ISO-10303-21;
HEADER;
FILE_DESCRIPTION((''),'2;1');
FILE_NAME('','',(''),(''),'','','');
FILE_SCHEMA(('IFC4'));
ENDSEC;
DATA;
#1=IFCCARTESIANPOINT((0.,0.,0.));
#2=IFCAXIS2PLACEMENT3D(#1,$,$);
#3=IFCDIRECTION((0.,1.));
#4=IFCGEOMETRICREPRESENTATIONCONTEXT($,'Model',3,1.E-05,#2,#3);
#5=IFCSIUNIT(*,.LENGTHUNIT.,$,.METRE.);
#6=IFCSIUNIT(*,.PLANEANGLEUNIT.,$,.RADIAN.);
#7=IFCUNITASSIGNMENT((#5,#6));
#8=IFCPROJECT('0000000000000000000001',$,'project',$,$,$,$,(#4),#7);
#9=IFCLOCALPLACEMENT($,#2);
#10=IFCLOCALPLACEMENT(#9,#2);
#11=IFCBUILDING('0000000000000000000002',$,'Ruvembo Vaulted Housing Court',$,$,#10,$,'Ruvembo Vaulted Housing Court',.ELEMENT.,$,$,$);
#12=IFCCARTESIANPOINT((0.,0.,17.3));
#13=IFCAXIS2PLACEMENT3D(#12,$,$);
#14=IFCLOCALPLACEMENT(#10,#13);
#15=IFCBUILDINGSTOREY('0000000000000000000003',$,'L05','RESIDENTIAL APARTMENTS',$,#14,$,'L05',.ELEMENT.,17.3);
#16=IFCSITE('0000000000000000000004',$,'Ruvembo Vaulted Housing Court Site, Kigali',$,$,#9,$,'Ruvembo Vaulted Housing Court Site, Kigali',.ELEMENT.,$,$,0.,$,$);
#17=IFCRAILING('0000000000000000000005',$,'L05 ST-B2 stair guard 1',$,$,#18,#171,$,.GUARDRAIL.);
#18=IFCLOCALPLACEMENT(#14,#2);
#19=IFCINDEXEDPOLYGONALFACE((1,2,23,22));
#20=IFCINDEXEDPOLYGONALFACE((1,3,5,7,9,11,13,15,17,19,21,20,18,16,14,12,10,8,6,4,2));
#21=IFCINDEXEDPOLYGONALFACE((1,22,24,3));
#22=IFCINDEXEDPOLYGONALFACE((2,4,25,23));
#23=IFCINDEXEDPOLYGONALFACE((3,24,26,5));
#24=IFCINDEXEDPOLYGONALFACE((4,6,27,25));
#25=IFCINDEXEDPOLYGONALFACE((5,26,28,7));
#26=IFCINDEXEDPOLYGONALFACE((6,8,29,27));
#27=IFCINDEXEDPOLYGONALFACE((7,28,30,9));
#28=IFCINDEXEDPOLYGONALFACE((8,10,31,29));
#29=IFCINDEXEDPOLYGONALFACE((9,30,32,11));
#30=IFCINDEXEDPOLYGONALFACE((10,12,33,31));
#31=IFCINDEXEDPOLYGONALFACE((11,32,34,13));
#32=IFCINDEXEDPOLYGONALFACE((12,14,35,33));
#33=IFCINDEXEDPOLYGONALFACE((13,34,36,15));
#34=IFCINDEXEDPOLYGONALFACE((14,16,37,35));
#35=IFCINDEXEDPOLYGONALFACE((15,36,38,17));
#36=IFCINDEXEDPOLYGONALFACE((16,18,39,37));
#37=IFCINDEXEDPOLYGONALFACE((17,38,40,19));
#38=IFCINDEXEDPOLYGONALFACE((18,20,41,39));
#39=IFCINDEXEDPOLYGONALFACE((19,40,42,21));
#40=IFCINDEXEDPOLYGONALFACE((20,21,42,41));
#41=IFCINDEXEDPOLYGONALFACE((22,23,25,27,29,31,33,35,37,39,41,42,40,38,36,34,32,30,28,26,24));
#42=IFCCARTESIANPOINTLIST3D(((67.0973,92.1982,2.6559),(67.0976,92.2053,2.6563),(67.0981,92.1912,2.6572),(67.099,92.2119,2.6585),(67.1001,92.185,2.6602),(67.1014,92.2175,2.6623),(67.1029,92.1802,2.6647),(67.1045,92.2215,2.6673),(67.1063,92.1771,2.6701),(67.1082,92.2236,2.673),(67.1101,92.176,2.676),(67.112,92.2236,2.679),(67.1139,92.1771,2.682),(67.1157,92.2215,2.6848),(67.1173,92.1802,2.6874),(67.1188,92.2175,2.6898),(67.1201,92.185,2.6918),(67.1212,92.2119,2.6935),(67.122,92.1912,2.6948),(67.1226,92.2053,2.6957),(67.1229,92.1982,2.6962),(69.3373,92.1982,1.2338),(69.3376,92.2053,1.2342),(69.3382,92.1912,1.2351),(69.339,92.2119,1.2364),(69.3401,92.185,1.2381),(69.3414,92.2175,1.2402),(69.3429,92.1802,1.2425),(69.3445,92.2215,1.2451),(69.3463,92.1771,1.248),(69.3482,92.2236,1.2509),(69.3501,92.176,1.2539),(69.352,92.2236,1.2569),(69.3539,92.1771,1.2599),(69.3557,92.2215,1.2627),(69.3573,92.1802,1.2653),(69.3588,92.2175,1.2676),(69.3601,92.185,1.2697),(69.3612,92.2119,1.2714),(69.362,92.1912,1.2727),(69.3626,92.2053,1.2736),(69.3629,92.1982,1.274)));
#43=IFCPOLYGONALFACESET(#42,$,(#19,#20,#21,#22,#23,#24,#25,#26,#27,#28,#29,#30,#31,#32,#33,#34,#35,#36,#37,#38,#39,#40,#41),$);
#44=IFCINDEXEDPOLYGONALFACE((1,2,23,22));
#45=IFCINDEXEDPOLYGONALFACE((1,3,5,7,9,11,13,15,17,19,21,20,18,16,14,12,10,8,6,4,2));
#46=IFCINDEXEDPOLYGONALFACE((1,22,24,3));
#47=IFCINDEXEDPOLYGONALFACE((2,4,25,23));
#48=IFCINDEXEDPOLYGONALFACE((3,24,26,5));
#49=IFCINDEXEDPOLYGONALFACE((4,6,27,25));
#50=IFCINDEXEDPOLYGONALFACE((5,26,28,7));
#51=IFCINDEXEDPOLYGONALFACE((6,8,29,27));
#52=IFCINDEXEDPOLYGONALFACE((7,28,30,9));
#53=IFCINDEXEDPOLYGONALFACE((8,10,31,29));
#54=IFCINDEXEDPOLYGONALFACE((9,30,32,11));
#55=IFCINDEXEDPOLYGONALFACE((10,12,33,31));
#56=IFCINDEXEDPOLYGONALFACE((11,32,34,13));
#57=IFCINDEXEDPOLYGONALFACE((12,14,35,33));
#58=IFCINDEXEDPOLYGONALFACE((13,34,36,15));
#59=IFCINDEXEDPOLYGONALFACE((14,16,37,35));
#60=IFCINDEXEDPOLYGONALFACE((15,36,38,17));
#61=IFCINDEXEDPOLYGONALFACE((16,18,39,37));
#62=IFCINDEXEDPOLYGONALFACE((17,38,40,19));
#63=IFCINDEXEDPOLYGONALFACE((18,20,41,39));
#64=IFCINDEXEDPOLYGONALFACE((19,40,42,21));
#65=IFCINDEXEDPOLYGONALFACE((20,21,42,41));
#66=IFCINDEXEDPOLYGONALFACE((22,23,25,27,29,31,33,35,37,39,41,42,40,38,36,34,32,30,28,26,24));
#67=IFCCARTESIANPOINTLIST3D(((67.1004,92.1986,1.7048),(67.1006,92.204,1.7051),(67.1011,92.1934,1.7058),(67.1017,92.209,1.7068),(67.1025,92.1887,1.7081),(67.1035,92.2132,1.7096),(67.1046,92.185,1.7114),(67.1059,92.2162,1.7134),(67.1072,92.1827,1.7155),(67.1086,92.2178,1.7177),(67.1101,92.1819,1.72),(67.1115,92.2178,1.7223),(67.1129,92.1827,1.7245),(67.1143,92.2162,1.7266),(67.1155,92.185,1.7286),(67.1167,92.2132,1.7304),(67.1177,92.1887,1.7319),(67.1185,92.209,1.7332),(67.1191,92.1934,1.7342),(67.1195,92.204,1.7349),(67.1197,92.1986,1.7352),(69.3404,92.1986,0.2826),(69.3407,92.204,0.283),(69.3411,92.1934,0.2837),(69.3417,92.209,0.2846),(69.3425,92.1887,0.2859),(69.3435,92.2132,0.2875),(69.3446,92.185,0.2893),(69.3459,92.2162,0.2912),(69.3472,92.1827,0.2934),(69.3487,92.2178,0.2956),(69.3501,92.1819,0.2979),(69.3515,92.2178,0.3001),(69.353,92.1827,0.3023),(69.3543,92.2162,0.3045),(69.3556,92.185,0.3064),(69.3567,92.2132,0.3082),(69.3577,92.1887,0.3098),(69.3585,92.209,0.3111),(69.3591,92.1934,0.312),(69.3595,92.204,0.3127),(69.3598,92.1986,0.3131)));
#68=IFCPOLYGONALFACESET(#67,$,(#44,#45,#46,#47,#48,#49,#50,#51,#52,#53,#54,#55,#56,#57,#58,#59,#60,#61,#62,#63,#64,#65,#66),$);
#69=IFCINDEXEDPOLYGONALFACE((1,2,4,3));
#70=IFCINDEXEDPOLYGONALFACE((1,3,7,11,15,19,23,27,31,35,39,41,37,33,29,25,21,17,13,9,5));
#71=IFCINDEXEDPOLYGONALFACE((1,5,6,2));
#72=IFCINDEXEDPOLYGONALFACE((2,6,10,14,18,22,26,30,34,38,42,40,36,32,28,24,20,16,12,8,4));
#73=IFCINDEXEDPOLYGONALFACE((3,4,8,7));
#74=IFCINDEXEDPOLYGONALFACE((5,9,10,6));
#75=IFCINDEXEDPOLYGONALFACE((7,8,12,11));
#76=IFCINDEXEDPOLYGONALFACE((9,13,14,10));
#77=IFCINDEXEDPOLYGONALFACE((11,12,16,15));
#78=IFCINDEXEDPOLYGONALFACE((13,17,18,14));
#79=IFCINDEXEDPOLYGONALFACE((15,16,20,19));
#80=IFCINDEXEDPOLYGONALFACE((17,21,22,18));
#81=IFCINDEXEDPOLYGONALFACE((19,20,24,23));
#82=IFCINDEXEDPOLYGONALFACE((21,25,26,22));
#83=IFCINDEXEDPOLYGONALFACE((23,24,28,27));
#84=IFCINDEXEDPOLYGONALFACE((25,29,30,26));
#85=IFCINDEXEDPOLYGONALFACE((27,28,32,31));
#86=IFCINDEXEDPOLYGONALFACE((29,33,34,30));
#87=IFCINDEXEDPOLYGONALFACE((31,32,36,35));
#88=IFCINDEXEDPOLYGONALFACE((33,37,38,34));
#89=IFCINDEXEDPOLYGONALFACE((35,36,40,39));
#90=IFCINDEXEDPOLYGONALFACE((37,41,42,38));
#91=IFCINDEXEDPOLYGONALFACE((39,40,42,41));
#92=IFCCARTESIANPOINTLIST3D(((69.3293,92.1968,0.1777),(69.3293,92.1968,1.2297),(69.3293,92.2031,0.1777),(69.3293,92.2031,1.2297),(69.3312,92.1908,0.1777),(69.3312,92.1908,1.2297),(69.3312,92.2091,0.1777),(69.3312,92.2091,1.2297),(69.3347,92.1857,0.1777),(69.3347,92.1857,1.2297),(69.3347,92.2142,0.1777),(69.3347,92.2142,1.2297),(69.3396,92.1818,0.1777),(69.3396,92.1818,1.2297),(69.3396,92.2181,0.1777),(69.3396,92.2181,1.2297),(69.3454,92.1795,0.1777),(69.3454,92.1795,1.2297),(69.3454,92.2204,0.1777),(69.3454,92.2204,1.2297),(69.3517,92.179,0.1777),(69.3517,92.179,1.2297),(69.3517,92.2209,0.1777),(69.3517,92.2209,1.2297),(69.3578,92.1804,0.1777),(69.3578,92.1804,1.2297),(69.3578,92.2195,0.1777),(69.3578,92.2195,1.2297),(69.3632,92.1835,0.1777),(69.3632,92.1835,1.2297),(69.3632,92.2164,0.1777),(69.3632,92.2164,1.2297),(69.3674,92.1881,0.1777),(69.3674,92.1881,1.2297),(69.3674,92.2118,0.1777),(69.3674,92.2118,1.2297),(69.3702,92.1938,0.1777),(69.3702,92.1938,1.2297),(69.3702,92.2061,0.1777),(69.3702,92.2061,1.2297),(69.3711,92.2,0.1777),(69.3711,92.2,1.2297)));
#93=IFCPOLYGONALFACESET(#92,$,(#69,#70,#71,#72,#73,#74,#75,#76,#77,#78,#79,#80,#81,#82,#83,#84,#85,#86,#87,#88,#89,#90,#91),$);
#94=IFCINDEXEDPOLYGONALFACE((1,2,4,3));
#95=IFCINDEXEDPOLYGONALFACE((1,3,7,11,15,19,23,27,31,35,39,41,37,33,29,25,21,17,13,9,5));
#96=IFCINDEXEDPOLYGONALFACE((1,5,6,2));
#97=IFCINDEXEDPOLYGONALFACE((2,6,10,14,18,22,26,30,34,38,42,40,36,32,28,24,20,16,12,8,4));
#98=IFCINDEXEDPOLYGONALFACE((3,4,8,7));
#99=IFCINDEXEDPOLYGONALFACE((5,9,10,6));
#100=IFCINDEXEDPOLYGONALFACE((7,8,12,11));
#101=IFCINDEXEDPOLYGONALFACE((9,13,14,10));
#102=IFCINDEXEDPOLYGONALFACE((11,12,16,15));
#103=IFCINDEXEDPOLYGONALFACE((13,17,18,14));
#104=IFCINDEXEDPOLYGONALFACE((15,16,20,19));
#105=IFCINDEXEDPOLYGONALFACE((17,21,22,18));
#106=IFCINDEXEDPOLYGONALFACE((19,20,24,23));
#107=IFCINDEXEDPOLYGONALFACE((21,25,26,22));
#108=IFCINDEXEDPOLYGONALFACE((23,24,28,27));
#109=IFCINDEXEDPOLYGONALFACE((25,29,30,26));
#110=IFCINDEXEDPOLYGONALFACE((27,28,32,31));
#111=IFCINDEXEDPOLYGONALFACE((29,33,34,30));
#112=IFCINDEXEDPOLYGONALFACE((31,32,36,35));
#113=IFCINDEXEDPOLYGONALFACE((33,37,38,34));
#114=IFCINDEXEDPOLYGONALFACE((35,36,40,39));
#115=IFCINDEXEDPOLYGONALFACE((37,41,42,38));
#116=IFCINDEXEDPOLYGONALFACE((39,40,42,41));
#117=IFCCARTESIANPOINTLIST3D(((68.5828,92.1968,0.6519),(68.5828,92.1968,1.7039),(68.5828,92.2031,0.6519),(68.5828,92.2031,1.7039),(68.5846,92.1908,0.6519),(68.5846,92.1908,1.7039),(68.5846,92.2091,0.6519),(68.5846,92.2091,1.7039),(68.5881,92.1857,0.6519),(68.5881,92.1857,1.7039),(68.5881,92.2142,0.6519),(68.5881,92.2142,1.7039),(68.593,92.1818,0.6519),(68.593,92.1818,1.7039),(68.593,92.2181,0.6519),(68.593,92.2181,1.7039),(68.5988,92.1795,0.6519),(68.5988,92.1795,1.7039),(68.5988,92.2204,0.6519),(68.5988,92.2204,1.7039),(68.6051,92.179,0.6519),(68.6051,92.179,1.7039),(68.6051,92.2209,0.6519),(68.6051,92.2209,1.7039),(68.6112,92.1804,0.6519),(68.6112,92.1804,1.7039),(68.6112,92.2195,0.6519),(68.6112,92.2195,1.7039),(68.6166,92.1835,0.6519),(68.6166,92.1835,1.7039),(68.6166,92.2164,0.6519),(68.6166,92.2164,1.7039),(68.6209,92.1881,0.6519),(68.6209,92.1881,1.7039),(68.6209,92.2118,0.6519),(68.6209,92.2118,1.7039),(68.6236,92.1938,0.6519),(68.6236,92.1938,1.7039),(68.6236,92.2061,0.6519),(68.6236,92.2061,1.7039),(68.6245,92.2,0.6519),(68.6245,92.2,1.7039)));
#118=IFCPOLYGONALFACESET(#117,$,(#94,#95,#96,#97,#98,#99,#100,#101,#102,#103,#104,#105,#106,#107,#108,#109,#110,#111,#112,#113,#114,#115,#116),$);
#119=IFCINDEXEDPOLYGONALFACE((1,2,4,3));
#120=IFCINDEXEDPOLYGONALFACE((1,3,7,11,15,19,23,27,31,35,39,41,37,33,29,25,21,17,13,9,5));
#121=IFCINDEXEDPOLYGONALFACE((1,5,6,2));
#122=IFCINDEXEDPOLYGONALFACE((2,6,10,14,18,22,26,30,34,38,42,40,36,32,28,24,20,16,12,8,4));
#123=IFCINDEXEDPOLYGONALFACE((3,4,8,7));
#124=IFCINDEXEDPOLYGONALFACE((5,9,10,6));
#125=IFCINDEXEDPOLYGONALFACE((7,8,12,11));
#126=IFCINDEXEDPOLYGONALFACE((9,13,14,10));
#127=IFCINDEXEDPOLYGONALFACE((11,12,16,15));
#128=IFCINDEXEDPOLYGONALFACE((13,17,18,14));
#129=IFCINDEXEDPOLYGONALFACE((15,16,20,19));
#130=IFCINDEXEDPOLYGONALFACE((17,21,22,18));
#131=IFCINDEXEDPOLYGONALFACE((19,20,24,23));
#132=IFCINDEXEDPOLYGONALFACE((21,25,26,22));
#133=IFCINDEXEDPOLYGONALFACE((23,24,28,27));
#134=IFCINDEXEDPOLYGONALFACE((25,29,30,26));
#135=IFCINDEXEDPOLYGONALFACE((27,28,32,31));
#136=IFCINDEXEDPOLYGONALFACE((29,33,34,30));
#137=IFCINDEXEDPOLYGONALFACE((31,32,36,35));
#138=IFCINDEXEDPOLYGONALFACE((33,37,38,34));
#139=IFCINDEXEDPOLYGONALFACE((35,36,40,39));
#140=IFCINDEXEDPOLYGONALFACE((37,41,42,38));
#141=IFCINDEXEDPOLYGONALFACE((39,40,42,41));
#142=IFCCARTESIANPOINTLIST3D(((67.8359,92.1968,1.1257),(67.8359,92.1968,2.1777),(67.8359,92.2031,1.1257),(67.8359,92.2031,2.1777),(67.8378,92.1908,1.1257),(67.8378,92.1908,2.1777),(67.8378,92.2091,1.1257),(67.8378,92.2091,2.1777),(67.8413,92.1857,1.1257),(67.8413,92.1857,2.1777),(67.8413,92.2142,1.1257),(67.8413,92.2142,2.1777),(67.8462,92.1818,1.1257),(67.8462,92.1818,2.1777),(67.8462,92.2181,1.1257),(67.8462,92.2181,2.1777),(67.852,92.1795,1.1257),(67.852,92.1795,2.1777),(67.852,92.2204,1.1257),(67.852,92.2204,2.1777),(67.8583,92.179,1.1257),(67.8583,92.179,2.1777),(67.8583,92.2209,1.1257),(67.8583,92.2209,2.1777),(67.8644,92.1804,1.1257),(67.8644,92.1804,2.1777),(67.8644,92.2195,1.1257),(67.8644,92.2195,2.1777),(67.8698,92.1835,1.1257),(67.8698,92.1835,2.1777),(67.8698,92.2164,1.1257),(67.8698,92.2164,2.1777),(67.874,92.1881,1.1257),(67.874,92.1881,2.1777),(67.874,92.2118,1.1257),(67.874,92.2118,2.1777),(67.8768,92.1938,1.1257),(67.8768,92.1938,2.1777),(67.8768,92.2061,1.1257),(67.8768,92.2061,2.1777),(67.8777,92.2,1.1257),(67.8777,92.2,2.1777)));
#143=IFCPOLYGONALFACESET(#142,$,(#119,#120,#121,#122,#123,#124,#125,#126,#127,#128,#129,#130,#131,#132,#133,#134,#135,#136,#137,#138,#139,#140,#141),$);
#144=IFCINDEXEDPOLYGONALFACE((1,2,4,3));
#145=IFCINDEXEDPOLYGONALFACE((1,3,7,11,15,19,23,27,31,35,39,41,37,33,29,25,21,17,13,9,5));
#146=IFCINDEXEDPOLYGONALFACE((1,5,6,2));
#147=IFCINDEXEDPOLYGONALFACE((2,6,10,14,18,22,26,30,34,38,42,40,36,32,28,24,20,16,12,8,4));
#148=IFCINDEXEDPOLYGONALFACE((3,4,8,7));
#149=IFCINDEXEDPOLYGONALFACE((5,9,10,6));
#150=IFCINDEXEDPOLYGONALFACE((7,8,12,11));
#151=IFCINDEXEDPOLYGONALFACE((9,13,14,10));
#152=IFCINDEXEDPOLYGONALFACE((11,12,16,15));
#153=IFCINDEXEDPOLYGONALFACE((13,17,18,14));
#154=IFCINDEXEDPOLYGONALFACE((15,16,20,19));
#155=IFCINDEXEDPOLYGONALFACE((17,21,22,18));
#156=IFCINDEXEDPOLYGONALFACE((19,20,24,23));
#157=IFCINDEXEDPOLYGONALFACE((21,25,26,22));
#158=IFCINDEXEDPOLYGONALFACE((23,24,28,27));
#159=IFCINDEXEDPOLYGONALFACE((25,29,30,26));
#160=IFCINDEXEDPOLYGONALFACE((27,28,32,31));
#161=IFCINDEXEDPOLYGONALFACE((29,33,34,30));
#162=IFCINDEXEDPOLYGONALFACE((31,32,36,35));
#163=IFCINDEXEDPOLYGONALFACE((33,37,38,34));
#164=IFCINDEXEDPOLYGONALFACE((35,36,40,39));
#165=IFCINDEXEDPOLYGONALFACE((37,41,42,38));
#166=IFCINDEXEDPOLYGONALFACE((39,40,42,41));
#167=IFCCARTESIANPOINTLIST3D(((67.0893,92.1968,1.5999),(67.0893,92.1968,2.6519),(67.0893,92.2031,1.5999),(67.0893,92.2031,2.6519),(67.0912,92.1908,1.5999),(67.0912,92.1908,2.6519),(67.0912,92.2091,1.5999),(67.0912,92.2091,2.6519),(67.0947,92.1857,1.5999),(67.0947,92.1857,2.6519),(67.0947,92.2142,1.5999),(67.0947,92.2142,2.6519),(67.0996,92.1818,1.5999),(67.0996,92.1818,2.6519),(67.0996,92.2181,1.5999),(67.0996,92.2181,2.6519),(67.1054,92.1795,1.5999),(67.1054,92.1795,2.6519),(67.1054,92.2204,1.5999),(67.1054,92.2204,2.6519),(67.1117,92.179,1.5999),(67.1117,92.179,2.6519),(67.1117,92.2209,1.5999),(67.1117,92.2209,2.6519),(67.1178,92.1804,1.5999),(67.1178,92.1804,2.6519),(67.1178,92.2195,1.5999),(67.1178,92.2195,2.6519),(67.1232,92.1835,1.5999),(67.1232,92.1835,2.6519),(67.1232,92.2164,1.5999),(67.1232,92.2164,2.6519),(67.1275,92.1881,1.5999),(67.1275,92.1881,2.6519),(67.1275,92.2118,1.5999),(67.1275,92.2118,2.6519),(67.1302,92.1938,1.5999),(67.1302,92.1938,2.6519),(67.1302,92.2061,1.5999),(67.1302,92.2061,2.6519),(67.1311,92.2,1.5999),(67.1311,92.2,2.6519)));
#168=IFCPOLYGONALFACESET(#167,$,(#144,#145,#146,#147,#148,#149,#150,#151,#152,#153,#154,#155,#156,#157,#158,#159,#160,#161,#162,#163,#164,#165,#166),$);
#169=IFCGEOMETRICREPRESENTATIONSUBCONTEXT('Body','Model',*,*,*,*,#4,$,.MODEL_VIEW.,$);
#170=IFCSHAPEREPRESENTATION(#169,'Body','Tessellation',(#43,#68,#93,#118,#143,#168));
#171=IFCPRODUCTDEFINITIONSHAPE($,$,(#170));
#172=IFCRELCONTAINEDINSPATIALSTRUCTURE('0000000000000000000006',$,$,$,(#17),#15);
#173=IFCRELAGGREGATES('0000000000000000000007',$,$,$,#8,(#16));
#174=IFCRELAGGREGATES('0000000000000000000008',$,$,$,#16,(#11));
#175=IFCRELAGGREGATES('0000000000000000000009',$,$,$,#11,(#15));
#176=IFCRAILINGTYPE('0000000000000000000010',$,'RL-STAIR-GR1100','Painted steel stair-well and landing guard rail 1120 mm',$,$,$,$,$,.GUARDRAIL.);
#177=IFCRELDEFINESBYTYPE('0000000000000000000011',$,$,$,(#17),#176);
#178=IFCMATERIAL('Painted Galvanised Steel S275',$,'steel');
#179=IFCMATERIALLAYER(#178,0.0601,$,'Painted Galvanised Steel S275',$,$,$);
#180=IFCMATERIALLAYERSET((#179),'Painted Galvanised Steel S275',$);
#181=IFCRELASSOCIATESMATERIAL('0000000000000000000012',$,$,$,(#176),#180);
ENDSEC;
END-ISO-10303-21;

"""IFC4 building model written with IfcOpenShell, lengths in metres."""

from ifc_helpers import new_model, si_unit, direction, frame, origin, origin_2d, place, context, subcontext, project, spatial, circle, extrude, material, layer, layer_set, type_object, element, save


model = new_model("IFC4")

# Units and contexts
model_context = context("Model", 3, precision=1e-05, world=origin(), true_north=direction((0.0, 1.0)))
body_context = subcontext(model_context, "Body", "Model", "MODEL_VIEW")
ifc_project = project(units=[si_unit("LENGTHUNIT", "METRE"), si_unit("PLANEANGLEUNIT", "RADIAN")], contexts=[model_context])

# Site, building, storey
site_placement = place(None, origin())
site = spatial("IfcSite", under=ifc_project, at=site_placement, Name="Ruvembo Vaulted Housing Court Site, Kigali", LongName="Ruvembo Vaulted Housing Court Site, Kigali", CompositionType="ELEMENT", RefElevation=0.0)
building_placement = place(site_placement, origin())
building = spatial("IfcBuilding", under=site, at=building_placement, Name="Ruvembo Vaulted Housing Court", LongName="Ruvembo Vaulted Housing Court", CompositionType="ELEMENT")
storey_placement = place(building_placement, frame((0.0, 0.0, 17.3)))
storey = spatial("IfcBuildingStorey", under=building, at=storey_placement, Name="L05", Description="RESIDENTIAL APARTMENTS", LongName="L05", CompositionType="ELEMENT", Elevation=17.3)

# Railing
ifc_material_1 = material(Name="Painted Galvanised Steel S275", Category="steel")
ifc_layer_1 = layer(ifc_material_1, 0.0601, Name="Painted Galvanised Steel S275")
ifc_layer_set_1 = layer_set([ifc_layer_1], Name="Painted Galvanised Steel S275")
railing_type_1 = type_object("IfcRailingType", Name="RL-STAIR-GR1100", Description="Painted steel stair-well and landing guard rail 1120 mm", PredefinedType="GUARDRAIL", material=ifc_layer_set_1)
railing_1_placement = place(storey_placement, frame((69.3501, 92.2, 0.1777)))
element("IfcRailing", 1, at=railing_1_placement, inside=storey, type_object=railing_type_1, Name="L05 ST-B2 stair guard 1", PredefinedType="GUARDRAIL", context=body_context, shape_type="SweptSolid", body=[
    extrude(circle(Radius=0.0239, at=origin_2d()), frame((0.0, 0.0, 1.0762), z_axis=(-0.844229, 0.0, 0.535982), x_axis=(0.0, -1.0, 0.0)), (0.0, 0.0, 1.0), 2.6533),
    extrude(circle(Radius=0.0181, at=origin_2d()), frame((0.0, 0.0, 0.1201), z_axis=(-0.844229, 0.0, 0.535982), x_axis=(0.0, -1.0, 0.0)), (0.0, 0.0, 1.0), 2.6533),
    extrude(circle(Radius=0.021, at=origin_2d()), origin(), (0.0, 0.0, 1.0), 1.052),
    extrude(circle(Radius=0.021, at=origin_2d()), frame((-0.7466, 0.0, 0.4741)), (0.0, 0.0, 1.0), 1.052),
    extrude(circle(Radius=0.021, at=origin_2d()), frame((-1.4934, 0.0, 0.948)), (0.0, 0.0, 1.0), 1.052),
    extrude(circle(Radius=0.021, at=origin_2d()), frame((-2.24, 0.0, 1.4221)), (0.0, 0.0, 1.0), 1.052),
])

save(model, "model.ifc")
